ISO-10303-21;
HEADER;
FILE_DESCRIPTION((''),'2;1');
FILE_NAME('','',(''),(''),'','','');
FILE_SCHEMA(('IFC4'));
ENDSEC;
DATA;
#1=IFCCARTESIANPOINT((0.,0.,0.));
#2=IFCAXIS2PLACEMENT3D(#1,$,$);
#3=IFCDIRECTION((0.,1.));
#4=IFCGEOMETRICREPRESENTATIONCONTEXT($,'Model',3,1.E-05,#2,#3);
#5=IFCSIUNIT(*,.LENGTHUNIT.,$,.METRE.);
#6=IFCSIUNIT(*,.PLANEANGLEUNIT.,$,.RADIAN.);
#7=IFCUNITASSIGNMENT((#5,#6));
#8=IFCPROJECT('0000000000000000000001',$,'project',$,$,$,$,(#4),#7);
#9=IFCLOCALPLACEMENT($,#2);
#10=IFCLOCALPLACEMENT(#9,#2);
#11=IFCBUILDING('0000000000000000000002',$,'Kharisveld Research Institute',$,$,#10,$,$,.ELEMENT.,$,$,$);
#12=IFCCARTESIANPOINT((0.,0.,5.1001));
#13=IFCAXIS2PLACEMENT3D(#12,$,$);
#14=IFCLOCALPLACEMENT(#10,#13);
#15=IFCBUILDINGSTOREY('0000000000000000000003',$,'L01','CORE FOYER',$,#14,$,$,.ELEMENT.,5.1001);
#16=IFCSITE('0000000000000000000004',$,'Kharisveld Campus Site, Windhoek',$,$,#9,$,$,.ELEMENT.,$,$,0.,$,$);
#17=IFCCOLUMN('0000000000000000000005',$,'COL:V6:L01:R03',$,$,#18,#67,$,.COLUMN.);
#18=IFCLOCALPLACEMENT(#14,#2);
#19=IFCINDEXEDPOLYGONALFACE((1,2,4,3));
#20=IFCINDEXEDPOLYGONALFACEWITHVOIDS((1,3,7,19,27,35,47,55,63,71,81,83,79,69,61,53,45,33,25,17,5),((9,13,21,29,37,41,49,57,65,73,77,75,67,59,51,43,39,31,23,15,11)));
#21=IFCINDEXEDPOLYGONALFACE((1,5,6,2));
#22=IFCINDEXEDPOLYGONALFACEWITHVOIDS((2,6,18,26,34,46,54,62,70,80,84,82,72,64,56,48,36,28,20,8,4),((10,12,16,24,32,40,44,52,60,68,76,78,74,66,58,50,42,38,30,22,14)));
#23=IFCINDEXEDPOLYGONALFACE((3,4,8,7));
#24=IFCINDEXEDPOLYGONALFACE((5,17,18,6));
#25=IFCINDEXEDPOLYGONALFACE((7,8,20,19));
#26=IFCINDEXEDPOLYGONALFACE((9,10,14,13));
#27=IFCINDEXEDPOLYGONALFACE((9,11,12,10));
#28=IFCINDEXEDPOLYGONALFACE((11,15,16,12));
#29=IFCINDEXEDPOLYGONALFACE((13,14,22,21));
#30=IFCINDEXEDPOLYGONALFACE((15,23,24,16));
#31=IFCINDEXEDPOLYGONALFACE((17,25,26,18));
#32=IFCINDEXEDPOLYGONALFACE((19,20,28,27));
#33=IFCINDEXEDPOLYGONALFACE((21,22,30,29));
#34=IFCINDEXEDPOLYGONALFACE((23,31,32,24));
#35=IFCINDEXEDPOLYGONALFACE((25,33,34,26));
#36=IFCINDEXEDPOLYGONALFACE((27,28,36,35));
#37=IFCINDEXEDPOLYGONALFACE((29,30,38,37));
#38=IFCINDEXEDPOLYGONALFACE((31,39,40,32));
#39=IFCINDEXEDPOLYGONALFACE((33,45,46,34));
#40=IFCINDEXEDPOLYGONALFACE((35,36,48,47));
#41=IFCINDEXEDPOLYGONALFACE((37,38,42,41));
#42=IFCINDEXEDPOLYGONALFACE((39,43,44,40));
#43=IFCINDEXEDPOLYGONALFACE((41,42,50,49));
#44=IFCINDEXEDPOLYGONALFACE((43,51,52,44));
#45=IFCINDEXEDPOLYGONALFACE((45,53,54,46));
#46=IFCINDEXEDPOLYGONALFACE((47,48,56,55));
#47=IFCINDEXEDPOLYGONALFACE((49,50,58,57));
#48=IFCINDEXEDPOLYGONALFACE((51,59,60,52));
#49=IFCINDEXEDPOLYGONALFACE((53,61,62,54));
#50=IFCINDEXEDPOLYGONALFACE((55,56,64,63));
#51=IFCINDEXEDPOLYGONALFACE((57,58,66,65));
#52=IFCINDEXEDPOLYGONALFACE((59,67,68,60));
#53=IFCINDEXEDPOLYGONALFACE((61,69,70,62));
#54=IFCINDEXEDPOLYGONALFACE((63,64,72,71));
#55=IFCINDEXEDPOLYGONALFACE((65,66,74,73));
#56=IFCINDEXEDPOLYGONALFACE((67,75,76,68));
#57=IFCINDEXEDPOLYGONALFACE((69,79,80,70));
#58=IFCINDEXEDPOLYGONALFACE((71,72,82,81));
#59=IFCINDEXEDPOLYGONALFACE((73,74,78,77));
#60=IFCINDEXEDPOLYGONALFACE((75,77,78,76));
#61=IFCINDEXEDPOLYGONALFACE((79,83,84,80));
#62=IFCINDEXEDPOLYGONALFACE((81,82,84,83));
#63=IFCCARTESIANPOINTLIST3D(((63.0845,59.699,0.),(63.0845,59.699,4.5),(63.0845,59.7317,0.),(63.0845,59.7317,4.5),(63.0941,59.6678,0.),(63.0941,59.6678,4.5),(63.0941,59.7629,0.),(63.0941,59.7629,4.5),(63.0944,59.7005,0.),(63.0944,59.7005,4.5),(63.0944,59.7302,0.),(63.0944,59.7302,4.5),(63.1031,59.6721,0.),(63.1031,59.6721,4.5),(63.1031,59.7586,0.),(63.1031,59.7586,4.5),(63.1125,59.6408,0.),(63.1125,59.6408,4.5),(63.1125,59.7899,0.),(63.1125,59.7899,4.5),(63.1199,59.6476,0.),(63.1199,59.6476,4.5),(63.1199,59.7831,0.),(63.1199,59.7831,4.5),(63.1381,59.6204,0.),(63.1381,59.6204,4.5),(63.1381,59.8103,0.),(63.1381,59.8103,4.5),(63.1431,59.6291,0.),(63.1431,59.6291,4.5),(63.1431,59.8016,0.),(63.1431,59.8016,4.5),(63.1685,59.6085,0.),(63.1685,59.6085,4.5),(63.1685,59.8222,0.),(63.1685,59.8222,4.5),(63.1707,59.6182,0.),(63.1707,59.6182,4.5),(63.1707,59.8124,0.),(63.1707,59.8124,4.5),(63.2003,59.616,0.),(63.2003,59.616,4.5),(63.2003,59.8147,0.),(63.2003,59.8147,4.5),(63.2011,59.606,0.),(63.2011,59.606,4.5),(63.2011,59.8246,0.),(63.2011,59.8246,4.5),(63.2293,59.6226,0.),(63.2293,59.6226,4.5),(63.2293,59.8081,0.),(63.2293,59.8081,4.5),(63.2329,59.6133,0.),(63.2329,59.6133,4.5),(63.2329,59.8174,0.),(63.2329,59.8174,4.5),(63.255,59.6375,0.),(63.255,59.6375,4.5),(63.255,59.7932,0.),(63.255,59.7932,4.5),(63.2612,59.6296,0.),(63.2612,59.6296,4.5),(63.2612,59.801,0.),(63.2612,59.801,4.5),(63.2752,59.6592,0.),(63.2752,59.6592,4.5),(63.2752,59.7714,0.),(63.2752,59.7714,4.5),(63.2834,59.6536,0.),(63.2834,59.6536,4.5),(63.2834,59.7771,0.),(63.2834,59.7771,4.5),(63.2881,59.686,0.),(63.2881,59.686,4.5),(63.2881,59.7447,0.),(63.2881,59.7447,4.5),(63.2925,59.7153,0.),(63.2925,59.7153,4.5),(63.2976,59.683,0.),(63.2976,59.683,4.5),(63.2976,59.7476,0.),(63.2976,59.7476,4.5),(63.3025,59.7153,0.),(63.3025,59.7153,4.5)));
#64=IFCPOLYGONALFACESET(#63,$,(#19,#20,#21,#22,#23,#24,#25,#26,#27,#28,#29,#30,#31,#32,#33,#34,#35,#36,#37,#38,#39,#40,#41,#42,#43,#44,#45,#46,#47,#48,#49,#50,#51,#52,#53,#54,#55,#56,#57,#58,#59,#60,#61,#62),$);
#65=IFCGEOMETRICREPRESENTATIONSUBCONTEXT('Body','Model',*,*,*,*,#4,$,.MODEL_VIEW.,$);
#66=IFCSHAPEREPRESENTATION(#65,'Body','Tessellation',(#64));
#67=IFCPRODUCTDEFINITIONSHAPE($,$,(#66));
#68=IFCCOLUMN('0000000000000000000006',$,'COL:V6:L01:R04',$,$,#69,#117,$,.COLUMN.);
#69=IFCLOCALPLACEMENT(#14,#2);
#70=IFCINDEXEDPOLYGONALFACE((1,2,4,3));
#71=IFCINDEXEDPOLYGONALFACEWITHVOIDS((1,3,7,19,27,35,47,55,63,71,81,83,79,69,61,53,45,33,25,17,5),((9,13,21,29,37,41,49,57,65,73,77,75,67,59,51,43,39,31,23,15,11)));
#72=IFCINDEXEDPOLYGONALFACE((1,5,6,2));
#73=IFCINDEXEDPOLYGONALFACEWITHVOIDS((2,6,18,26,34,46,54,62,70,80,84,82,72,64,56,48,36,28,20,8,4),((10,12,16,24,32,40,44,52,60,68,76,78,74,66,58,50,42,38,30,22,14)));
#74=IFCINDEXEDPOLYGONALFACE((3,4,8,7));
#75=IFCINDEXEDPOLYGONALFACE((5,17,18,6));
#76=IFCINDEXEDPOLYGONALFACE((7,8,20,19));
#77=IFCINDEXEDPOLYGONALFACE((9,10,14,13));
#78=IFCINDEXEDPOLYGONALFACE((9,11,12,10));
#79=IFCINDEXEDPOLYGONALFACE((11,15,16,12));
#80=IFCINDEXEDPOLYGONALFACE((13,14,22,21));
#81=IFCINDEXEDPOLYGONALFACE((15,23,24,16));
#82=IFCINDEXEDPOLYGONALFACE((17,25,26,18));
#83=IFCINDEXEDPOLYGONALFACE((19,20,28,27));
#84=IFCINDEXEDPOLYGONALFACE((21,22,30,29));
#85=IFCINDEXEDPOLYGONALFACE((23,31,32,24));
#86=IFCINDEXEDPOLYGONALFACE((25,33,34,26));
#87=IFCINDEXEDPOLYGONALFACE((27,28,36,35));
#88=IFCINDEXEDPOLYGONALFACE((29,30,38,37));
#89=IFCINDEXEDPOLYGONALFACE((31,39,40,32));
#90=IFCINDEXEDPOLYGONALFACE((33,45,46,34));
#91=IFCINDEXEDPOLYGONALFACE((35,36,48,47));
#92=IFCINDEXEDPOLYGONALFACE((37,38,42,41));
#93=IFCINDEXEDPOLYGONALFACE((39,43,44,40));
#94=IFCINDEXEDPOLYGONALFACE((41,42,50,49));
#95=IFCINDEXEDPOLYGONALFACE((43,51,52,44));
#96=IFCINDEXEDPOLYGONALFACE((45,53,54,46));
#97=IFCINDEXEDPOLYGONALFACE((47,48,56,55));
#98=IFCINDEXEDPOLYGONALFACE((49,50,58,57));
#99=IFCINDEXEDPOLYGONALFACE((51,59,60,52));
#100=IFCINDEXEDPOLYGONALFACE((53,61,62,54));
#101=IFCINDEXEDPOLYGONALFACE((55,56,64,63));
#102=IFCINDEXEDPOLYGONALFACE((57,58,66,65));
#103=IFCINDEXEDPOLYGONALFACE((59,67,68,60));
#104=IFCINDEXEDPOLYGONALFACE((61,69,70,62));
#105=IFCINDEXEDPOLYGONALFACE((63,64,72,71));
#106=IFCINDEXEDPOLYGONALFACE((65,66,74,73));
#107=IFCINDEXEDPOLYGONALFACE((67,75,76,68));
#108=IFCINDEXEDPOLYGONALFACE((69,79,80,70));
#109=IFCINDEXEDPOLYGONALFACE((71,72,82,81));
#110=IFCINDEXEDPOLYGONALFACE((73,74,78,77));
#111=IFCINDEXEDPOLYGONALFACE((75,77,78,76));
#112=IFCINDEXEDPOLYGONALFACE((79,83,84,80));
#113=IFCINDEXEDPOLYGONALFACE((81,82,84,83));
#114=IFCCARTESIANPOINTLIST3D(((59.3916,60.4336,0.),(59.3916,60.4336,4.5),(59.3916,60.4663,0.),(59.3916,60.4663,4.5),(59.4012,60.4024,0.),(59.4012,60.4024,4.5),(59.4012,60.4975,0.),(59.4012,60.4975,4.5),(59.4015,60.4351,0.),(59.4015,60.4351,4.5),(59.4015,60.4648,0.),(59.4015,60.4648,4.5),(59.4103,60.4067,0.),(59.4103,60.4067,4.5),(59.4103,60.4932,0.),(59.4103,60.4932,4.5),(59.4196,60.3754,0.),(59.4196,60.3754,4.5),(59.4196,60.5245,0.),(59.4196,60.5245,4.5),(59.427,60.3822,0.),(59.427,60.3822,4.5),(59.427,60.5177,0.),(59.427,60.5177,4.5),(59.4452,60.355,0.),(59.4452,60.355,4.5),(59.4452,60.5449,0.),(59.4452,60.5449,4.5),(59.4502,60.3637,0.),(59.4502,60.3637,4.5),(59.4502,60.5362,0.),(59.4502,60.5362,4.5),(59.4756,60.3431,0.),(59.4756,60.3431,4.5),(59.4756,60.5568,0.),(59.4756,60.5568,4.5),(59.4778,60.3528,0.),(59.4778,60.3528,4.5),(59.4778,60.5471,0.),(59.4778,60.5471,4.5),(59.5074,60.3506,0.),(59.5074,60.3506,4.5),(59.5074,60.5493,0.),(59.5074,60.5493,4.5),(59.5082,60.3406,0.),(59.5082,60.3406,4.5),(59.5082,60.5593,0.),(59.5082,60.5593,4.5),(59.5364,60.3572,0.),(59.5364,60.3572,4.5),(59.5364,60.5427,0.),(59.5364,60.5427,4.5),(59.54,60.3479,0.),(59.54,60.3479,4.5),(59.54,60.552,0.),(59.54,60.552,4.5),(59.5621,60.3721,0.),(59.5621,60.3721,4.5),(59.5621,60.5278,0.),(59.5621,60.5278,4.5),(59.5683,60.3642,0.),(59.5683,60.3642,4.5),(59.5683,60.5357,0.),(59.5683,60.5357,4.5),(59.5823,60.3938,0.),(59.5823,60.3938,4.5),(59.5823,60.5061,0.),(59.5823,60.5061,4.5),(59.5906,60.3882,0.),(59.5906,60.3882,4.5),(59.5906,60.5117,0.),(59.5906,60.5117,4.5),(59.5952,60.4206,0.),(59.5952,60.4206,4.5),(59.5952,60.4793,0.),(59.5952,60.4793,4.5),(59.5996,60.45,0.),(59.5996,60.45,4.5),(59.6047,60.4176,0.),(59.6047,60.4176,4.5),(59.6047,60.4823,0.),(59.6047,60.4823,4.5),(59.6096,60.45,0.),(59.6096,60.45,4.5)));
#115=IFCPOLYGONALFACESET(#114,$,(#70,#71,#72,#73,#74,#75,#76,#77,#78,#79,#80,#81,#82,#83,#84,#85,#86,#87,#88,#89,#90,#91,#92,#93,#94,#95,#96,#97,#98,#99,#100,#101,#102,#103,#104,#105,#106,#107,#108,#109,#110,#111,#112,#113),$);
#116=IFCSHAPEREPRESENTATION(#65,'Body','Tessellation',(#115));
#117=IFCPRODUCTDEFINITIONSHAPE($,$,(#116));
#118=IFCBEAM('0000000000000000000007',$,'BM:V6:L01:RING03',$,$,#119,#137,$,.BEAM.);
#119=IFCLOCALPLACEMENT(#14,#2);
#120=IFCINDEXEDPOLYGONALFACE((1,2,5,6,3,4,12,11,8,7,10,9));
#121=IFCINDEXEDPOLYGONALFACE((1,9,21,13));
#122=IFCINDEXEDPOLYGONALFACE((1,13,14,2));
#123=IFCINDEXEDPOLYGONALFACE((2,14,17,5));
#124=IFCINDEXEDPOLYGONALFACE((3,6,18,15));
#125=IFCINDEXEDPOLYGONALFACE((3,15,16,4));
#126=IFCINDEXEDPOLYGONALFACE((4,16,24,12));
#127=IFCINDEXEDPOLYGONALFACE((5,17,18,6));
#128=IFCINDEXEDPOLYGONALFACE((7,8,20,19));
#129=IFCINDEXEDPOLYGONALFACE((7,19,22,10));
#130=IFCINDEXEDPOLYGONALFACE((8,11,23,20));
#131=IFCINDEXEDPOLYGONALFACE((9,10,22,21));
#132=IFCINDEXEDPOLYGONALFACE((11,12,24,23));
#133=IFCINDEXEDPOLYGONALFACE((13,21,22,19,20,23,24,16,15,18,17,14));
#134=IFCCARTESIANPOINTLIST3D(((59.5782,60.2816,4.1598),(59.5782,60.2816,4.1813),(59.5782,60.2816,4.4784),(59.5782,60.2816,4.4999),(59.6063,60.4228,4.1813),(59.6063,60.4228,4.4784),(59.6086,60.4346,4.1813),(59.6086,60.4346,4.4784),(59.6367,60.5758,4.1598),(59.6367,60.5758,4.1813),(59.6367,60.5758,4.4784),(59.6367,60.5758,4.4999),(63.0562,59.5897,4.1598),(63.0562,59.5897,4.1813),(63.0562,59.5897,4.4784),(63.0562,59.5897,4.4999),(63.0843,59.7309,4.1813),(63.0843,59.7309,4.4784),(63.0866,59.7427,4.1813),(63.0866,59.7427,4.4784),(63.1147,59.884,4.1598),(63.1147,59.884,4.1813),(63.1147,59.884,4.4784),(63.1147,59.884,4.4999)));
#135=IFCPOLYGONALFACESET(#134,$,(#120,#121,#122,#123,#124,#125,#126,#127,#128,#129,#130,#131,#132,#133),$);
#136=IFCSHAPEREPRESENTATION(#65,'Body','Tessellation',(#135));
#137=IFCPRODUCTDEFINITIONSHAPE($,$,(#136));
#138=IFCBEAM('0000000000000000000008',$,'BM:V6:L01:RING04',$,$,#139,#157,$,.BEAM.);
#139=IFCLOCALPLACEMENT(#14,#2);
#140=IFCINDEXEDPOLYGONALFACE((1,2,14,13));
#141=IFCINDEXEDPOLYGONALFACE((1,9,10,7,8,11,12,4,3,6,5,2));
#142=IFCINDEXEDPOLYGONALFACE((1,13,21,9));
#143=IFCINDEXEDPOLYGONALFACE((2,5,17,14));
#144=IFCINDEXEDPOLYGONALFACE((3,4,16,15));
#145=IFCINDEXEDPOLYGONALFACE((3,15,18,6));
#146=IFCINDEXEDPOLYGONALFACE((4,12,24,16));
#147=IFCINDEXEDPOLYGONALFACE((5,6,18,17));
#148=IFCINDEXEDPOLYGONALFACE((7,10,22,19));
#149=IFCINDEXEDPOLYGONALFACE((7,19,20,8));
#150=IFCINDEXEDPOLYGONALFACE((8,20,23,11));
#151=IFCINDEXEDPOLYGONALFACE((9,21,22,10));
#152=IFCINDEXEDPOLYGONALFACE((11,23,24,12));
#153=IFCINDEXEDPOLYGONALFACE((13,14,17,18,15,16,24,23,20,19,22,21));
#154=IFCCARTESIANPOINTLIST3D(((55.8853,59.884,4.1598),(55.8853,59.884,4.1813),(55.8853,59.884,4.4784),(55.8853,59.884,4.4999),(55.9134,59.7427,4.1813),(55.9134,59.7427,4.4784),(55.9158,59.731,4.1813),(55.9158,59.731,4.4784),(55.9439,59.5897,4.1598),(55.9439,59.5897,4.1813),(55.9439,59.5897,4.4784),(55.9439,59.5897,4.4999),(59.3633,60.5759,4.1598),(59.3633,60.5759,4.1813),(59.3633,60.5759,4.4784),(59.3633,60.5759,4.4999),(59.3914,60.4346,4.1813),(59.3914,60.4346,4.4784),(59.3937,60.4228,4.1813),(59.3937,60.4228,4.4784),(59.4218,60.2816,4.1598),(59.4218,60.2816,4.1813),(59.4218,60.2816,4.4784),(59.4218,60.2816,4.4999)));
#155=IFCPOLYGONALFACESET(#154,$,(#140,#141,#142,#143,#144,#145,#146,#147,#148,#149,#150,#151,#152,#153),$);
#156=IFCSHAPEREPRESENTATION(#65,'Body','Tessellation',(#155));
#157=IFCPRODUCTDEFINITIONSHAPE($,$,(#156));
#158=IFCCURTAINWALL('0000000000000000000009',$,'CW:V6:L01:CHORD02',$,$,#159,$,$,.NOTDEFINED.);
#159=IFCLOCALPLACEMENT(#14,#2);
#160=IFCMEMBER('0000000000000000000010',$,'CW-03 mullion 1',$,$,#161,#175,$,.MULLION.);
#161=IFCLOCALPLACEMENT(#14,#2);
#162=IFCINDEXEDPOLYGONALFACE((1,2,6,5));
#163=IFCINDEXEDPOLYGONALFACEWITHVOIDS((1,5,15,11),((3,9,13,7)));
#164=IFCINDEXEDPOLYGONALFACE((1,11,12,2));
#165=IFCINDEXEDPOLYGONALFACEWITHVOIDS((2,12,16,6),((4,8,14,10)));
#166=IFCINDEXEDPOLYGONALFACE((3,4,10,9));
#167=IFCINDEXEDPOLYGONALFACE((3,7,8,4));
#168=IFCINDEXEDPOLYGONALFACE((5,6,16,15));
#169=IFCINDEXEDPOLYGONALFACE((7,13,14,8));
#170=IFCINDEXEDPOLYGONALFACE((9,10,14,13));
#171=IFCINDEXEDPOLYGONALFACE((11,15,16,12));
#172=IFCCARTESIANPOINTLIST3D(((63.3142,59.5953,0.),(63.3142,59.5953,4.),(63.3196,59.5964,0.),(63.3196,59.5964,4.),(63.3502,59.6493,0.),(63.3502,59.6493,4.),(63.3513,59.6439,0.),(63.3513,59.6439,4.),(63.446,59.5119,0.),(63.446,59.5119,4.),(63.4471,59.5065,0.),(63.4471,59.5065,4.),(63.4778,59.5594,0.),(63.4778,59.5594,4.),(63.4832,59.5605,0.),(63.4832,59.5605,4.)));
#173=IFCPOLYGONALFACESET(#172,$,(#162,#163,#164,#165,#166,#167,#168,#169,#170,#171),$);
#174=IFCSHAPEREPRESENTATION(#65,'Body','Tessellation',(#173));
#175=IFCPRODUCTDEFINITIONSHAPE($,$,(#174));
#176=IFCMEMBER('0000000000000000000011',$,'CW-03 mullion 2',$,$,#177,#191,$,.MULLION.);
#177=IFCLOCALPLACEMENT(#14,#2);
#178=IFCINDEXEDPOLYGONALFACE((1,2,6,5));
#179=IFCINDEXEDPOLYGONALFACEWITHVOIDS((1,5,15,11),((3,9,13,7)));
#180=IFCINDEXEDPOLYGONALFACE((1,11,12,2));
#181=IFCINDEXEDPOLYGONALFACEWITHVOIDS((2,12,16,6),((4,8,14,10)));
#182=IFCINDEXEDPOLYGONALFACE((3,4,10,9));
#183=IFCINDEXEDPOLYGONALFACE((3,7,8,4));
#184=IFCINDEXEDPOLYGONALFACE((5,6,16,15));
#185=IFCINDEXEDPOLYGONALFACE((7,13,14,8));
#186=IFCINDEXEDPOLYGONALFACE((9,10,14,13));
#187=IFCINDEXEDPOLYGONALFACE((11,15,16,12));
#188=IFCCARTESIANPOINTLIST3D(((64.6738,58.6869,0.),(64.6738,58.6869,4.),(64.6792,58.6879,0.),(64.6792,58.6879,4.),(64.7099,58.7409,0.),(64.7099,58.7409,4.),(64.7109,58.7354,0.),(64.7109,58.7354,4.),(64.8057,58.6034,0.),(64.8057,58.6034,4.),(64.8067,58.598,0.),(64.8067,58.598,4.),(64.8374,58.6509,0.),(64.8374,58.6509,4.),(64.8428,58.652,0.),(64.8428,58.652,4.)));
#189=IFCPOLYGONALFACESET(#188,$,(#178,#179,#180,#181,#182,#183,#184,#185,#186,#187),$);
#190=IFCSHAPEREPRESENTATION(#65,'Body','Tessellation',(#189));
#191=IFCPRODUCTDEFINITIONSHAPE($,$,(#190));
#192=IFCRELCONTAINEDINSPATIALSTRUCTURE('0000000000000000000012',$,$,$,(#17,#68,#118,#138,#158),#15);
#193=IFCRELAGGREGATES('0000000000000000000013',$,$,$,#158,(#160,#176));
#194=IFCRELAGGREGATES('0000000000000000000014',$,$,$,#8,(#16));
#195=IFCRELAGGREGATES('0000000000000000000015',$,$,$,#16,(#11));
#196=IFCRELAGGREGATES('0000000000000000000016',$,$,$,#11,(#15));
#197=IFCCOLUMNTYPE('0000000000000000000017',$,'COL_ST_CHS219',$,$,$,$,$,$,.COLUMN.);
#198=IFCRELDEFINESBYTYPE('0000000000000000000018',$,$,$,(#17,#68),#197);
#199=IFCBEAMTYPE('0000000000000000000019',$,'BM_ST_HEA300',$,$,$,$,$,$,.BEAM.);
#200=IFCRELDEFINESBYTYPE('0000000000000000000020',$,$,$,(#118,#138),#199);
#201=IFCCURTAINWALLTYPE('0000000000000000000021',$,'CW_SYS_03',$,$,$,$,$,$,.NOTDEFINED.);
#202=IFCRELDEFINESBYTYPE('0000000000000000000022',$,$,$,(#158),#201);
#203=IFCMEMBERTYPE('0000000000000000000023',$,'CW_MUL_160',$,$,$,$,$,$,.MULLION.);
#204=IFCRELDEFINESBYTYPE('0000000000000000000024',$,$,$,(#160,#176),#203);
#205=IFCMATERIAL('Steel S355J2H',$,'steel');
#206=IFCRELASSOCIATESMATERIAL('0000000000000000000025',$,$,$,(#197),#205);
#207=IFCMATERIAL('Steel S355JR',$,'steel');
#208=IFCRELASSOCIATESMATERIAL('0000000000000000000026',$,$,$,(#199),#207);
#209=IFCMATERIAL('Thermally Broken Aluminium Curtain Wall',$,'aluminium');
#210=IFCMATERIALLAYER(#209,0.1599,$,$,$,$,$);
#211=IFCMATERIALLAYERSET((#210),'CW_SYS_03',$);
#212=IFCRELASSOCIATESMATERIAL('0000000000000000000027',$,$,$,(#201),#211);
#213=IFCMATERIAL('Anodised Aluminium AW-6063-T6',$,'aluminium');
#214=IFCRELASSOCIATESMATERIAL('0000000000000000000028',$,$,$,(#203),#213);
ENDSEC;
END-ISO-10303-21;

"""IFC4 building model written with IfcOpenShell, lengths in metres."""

from ifc_helpers import new_model, si_unit, direction, frame, origin, origin_2d, place, context, subcontext, project, spatial, hollow_rectangle, hollow_circle, i_section, extrude, material, layer, layer_set, material_profile, profile_set, type_object, element, aggregate, save


model = new_model("IFC4")

# Units and contexts
model_context = context("Model", 3, precision=1e-05, world=origin(), true_north=direction((0.0, 1.0)))
body_context = subcontext(model_context, "Body", "Model", "MODEL_VIEW")
ifc_project = project(units=[si_unit("LENGTHUNIT", "METRE"), si_unit("PLANEANGLEUNIT", "RADIAN")], contexts=[model_context])

# Site, building, storey
site_placement = place(None, origin())
site = spatial("IfcSite", under=ifc_project, at=site_placement, Name="Kharisveld Campus Site, Windhoek", CompositionType="ELEMENT", RefElevation=0.0)
building_placement = place(site_placement, origin())
building = spatial("IfcBuilding", under=site, at=building_placement, Name="Kharisveld Research Institute", CompositionType="ELEMENT")
storey_placement = place(building_placement, frame((0.0, 0.0, 5.1001)))
storey = spatial("IfcBuildingStorey", under=building, at=storey_placement, Name="L01", Description="CORE FOYER", CompositionType="ELEMENT", Elevation=5.1001)

# Columns
ifc_material_1 = material(Name="Steel S355J2H", Category="steel")
ifc_material_profile_1 = material_profile(ifc_material_1, hollow_circle(Radius=0.1096, WallThickness=0.01, at=origin_2d()))
ifc_profile_set_1 = profile_set([ifc_material_profile_1], Name="Steel S355J2H")
column_type = type_object("IfcColumnType", Name="COL_ST_CHS219", PredefinedType="COLUMN", material=ifc_profile_set_1)
for number, where, z_axis, x_axis, name in (
    (1, (63.1929, 59.7153, 0.0), (0.0, 0.0, 1.0), (1.0, 0.0, 0.0), "COL:V6:L01:R03"),
    (2, (59.5, 60.45, 0.0), (0.0, 0.0, 1.0), (1.0, 0.0, 0.0), "COL:V6:L01:R04"),
):
    element("IfcColumn", number, at=place(storey_placement, frame(where, z_axis=z_axis, x_axis=x_axis)), inside=storey, type_object=column_type, Name=name, PredefinedType="COLUMN", context=body_context, shape_type="SweptSolid", body=[
        extrude(hollow_circle(Radius=0.1096, WallThickness=0.01, at=origin_2d()), origin(), (0.0, 0.0, 1.0), 4.5),
    ])

# Beams
ifc_material_2 = material(Name="Steel S355JR", Category="steel")
ifc_material_profile_2 = material_profile(ifc_material_2, i_section(OverallWidth=0.3, OverallDepth=0.3401, WebThickness=0.012, FlangeThickness=0.0215, at=origin_2d()))
ifc_profile_set_2 = profile_set([ifc_material_profile_2], Name="Steel S355JR")
beam_type = type_object("IfcBeamType", Name="BM_ST_HEA300", PredefinedType="BEAM", material=ifc_profile_set_2)
for number, where, z_axis, x_axis, name in (
    (3, (63.0854, 59.7368, 4.3298), (-0.980781, 0.19511, 0.0), (-0.19511, -0.980781, 0.0), "BM:V6:L01:RING03"),
    (4, (59.3926, 60.4287, 4.3298), (-0.980781, -0.19511, 0.0), (0.19511, -0.980781, 0.0), "BM:V6:L01:RING04"),
):
    element("IfcBeam", number, at=place(storey_placement, frame(where, z_axis=z_axis, x_axis=x_axis)), inside=storey, type_object=beam_type, Name=name, PredefinedType="BEAM", context=body_context, shape_type="SweptSolid", body=[
        extrude(i_section(OverallWidth=0.3, OverallDepth=0.3401, WebThickness=0.012, FlangeThickness=0.0215, at=origin_2d()), origin(), (0.0, 0.0, 1.0), 3.5461),
    ])

# Curtain wall, members
ifc_material_3 = material(Name="Thermally Broken Aluminium Curtain Wall", Category="aluminium")
ifc_layer_1 = layer(ifc_material_3, 0.1599)
ifc_layer_set_1 = layer_set([ifc_layer_1], Name="CW_SYS_03")
curtain_wall_type_1 = type_object("IfcCurtainWallType", Name="CW_SYS_03", PredefinedType="NOTDEFINED", material=ifc_layer_set_1)
curtain_wall_1_placement = place(storey_placement, origin())
curtain_wall_1 = element("IfcCurtainWall", 5, at=curtain_wall_1_placement, inside=storey, type_object=curtain_wall_type_1, Name="CW:V6:L01:CHORD02", PredefinedType="NOTDEFINED")
ifc_material_4 = material(Name="Anodised Aluminium AW-6063-T6", Category="aluminium")
ifc_material_profile_3 = material_profile(ifc_material_4, hollow_rectangle(XDim=0.0649, YDim=0.1599, WallThickness=0.0039, at=origin_2d()))
ifc_profile_set_3 = profile_set([ifc_material_profile_3], Name="Anodised Aluminium AW-6063-T6")
member_type_1 = type_object("IfcMemberType", Name="CW_MUL_160", PredefinedType="MULLION", material=ifc_profile_set_3)
member_1_placement = place(storey_placement, frame((63.3987, 59.5779, 0.0), z_axis=(0.0, 0.0, 1.0), x_axis=(0.55557, 0.83147, 0.0)))
member_1 = element("IfcMember", 6, at=member_1_placement, type_object=member_type_1, Name="CW-03 mullion 1", PredefinedType="MULLION", context=body_context, shape_type="SweptSolid", body=[
    extrude(hollow_rectangle(XDim=0.0649, YDim=0.1599, WallThickness=0.0039, at=origin_2d()), origin(), (0.0, 0.0, 1.0), 4.0),
])
member_2_placement = place(storey_placement, frame((64.7583, 58.6694, 0.0), z_axis=(0.0, 0.0, 1.0), x_axis=(0.55557, 0.83147, 0.0)))
member_2 = element("IfcMember", 7, at=member_2_placement, type_object=member_type_1, Name="CW-03 mullion 2", PredefinedType="MULLION", context=body_context, shape_type="SweptSolid", body=[
    extrude(hollow_rectangle(XDim=0.0649, YDim=0.1599, WallThickness=0.0039, at=origin_2d()), origin(), (0.0, 0.0, 1.0), 4.0),
])

aggregate(curtain_wall_1, [member_1, member_2])

save(model, "model.ifc")
